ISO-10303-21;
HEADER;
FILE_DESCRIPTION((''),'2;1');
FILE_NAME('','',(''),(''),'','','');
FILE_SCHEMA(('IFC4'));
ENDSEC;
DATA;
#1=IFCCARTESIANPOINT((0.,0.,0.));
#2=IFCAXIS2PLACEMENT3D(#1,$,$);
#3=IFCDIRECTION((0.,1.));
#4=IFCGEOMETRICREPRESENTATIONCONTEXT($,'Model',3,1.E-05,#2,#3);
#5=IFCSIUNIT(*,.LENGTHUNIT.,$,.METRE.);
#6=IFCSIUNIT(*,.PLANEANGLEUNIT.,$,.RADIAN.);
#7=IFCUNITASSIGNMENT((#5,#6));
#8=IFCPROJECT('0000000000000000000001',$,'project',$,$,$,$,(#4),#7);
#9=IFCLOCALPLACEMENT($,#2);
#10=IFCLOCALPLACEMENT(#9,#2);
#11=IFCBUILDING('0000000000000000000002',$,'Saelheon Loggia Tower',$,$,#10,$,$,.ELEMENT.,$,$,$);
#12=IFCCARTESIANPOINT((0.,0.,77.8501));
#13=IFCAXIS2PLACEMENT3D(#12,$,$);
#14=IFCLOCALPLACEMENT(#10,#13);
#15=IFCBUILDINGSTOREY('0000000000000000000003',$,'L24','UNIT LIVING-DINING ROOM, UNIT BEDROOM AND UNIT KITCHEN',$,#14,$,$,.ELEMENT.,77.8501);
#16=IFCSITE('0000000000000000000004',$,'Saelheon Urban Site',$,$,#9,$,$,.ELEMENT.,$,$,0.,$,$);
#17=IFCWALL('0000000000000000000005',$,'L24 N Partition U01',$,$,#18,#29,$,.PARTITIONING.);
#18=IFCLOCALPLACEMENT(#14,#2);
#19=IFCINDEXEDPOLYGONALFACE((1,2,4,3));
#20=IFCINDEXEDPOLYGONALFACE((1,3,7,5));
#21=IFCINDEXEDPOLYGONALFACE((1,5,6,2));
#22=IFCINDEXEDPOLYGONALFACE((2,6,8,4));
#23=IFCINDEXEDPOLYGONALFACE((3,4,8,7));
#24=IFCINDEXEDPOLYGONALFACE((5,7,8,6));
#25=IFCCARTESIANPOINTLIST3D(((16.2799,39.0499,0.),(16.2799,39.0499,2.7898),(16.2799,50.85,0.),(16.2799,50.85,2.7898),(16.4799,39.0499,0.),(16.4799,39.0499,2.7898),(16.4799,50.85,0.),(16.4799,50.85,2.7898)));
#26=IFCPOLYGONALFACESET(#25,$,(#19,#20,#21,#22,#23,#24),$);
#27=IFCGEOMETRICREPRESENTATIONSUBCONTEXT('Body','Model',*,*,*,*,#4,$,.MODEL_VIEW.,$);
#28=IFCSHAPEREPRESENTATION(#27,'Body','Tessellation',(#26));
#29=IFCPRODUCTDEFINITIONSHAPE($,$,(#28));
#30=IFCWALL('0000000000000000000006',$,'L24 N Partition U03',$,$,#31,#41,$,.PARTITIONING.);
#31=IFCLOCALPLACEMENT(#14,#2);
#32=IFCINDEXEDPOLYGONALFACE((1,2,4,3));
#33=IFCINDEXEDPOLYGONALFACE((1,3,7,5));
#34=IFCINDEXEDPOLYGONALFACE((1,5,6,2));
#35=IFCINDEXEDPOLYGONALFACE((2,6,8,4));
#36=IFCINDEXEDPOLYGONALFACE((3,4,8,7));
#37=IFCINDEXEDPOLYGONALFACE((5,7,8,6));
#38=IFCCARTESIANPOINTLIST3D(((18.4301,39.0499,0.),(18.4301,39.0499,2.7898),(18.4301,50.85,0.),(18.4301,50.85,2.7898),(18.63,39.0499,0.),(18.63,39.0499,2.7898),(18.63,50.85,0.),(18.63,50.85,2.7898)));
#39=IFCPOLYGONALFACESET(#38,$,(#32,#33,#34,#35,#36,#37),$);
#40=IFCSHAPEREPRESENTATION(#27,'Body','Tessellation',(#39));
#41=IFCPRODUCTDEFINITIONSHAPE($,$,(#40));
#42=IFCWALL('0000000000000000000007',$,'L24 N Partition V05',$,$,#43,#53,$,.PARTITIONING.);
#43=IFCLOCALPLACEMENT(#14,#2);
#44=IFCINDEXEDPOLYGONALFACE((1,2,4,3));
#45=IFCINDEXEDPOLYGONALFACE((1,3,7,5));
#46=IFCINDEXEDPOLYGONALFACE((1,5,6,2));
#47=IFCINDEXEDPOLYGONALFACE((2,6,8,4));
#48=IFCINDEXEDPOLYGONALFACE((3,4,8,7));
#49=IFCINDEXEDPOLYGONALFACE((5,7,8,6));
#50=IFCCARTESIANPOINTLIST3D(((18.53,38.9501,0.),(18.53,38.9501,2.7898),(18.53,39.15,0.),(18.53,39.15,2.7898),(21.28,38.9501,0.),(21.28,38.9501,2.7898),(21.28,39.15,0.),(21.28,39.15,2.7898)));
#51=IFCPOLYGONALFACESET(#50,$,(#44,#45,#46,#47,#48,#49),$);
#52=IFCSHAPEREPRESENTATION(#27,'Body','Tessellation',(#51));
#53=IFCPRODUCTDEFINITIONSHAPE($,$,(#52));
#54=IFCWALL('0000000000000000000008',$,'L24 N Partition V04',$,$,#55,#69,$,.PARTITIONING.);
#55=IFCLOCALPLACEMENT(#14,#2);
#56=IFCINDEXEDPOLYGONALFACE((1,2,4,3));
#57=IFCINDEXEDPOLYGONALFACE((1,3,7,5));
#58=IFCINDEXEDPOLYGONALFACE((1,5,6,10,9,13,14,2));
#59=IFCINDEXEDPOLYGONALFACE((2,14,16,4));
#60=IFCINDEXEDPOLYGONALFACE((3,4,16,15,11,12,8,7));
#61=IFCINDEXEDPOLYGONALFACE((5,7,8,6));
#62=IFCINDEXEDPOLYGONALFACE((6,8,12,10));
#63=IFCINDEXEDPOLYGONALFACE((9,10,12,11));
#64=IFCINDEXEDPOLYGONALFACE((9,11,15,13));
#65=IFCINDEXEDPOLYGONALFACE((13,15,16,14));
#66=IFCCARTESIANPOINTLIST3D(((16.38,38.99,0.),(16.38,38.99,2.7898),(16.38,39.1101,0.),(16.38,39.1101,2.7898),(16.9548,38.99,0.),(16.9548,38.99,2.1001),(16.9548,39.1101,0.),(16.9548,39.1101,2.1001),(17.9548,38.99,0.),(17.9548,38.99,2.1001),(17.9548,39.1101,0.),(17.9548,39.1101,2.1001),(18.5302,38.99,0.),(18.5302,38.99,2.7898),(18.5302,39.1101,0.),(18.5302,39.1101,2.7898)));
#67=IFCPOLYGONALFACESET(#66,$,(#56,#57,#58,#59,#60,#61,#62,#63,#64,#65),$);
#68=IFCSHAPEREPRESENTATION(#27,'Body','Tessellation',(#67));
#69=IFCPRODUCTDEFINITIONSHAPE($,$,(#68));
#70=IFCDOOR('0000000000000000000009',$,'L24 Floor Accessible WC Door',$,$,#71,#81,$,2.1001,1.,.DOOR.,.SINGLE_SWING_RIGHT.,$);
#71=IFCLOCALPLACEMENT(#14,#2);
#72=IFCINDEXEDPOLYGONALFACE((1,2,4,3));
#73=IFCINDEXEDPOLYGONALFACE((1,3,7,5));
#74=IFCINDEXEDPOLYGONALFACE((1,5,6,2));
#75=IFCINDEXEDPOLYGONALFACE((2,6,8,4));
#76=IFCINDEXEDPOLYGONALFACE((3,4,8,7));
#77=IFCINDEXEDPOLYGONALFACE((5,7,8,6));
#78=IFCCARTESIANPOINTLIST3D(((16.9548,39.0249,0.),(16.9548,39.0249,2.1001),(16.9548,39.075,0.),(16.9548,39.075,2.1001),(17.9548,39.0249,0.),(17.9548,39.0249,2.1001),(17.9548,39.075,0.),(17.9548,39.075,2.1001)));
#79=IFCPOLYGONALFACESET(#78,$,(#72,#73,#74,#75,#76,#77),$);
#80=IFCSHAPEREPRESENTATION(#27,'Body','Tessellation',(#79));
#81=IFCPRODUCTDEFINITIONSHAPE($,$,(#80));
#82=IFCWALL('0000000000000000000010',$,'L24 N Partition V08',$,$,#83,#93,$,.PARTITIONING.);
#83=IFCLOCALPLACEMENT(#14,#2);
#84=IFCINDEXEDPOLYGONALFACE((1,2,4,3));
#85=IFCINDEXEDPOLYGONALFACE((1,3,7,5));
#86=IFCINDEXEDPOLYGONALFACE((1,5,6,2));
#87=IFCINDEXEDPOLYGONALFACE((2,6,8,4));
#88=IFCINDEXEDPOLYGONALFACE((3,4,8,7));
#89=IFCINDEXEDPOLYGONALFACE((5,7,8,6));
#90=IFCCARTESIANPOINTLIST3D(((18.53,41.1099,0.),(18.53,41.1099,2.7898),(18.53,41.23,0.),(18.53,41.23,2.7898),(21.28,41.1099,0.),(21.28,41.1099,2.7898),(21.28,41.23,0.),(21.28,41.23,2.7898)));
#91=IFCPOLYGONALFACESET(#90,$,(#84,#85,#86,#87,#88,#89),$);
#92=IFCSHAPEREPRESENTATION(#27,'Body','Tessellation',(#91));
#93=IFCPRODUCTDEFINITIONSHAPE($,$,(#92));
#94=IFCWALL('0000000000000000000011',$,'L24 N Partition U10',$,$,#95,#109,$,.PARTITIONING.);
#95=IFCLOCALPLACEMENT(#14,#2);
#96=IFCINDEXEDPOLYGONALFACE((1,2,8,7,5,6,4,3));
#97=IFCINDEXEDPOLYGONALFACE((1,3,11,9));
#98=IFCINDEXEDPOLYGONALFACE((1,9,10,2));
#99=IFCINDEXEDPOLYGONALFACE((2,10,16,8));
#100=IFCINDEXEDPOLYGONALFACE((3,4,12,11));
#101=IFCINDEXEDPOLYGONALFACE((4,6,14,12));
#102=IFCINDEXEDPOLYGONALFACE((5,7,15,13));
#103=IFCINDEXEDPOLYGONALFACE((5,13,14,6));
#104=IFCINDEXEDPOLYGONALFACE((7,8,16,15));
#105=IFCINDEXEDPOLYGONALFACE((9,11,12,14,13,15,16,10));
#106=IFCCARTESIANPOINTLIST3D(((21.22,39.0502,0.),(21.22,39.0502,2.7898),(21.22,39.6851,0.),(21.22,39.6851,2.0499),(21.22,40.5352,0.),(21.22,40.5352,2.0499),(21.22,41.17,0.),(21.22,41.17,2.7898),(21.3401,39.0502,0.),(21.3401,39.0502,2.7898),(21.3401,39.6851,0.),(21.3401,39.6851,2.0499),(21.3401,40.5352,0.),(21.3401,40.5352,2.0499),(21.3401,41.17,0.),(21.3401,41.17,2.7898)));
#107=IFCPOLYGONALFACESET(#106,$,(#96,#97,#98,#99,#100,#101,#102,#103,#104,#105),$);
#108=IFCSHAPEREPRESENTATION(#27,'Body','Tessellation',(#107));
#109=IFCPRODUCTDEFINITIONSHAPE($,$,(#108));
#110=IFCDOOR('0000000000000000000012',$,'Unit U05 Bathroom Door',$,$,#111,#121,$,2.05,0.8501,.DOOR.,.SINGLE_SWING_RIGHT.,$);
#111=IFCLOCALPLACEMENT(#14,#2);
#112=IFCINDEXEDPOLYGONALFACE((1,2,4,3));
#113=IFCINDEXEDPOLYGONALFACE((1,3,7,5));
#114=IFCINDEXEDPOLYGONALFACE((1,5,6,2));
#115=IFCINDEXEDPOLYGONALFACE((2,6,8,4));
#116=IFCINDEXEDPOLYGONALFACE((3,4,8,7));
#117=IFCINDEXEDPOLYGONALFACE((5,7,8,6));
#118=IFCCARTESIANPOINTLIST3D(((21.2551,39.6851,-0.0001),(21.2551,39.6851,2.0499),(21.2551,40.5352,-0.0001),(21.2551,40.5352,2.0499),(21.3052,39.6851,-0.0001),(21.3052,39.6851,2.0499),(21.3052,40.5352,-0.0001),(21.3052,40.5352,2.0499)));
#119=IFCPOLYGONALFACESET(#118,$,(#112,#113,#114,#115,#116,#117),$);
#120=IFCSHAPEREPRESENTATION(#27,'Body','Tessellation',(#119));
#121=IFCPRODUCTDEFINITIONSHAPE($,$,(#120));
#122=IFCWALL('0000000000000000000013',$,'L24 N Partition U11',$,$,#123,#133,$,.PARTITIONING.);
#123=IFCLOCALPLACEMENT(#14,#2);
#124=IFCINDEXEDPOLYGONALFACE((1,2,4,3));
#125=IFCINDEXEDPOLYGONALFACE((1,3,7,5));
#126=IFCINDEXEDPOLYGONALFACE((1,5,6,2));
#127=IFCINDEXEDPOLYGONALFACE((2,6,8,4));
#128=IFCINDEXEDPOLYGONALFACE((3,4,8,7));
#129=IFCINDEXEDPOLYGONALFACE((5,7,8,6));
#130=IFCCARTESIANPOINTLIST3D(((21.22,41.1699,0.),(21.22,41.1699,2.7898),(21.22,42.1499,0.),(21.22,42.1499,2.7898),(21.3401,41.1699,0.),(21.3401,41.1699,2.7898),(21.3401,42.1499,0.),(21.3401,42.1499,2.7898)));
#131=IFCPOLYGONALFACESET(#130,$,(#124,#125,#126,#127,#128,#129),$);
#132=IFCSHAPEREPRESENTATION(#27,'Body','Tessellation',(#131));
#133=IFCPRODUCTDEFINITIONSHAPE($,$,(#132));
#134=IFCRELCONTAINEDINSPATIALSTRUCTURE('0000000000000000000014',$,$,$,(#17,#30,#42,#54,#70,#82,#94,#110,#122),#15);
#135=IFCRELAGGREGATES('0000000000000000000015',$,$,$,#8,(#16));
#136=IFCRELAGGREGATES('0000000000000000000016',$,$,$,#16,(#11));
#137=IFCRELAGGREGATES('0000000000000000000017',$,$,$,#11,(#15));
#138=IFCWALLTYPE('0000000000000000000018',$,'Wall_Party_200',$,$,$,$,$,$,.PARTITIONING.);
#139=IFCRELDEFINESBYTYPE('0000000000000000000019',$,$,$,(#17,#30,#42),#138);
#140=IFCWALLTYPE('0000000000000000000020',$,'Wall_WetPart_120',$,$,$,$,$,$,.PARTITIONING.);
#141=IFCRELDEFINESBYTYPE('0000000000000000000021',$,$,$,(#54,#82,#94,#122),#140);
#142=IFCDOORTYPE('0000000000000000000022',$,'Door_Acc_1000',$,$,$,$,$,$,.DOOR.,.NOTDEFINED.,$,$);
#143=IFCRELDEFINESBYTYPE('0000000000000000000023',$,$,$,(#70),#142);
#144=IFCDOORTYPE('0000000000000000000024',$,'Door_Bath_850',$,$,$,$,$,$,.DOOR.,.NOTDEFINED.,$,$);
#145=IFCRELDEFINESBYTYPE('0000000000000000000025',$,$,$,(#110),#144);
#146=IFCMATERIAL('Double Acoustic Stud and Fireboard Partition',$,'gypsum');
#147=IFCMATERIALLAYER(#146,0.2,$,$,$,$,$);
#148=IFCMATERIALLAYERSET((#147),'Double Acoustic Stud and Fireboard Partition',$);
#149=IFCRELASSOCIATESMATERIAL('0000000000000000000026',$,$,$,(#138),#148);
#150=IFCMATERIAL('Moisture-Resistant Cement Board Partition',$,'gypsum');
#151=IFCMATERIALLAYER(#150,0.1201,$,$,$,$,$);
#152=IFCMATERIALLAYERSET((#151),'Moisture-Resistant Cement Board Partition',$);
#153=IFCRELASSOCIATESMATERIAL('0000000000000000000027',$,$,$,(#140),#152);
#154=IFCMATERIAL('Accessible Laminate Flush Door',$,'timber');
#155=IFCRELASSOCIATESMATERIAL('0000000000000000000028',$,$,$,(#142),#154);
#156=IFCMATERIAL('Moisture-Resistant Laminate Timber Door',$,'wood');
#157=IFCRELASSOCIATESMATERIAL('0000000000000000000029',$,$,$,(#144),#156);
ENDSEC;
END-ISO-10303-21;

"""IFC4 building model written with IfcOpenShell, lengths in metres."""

from ifc_helpers import new_model, si_unit, direction, frame, frame_2d, origin, place, context, subcontext, project, spatial, rectangle, extrude, source, transform, mapped, material, layer, layer_set, type_object, element, fill, save


model = new_model("IFC4")

# Units and contexts
model_context = context("Model", 3, precision=1e-05, world=origin(), true_north=direction((0.0, 1.0)))
body_context = subcontext(model_context, "Body", "Model", "MODEL_VIEW")
ifc_project = project(units=[si_unit("LENGTHUNIT", "METRE"), si_unit("PLANEANGLEUNIT", "RADIAN")], contexts=[model_context])

# Site, building, storey
site_placement = place(None, origin())
site = spatial("IfcSite", under=ifc_project, at=site_placement, Name="Saelheon Urban Site", CompositionType="ELEMENT", RefElevation=0.0)
building_placement = place(site_placement, origin())
building = spatial("IfcBuilding", under=site, at=building_placement, Name="Saelheon Loggia Tower", CompositionType="ELEMENT")
storey_placement = place(building_placement, frame((0.0, 0.0, 77.8501)))
storey = spatial("IfcBuildingStorey", under=building, at=storey_placement, Name="L24", Description="UNIT LIVING-DINING ROOM, UNIT BEDROOM AND UNIT KITCHEN", CompositionType="ELEMENT", Elevation=77.8501)

# Walls
ifc_material_1 = material(Name="Double Acoustic Stud and Fireboard Partition", Category="gypsum")
ifc_layer_1 = layer(ifc_material_1, 0.2)
ifc_layer_set_1 = layer_set([ifc_layer_1], Name="Double Acoustic Stud and Fireboard Partition")
wall_type_1 = type_object("IfcWallType", Name="Wall_Party_200", PredefinedType="PARTITIONING", material=ifc_layer_set_1)
for number, where, z_axis, x_axis, name in (
    (1, (16.3799, 39.05, 0.0), (0.0, 0.0, 1.0), (0.0, 1.0, 0.0), "L24 N Partition U01"),
    (2, (18.53, 39.05, 0.0), (0.0, 0.0, 1.0), (0.0, 1.0, 0.0), "L24 N Partition U03"),
):
    element("IfcWall", number, at=place(storey_placement, frame(where, z_axis=z_axis, x_axis=x_axis)), inside=storey, type_object=wall_type_1, Name=name, PredefinedType="PARTITIONING", context=body_context, shape_type="SweptSolid", body=[
        extrude(rectangle(XDim=11.8, YDim=0.2, at=frame_2d((5.8999, 0.0))), origin(), (0.0, 0.0, 1.0), 2.7898),
    ])
wall_1_placement = place(storey_placement, frame((18.53, 39.05, 0.0), z_axis=(0.0, 0.0, 1.0), x_axis=(1.0, 0.0, 0.0)))
element("IfcWall", 3, at=wall_1_placement, inside=storey, type_object=wall_type_1, Name="L24 N Partition V05", PredefinedType="PARTITIONING", context=body_context, shape_type="SweptSolid", body=[
    extrude(rectangle(XDim=2.75, YDim=0.2, at=frame_2d((1.375, 0.0))), origin(), (0.0, 0.0, 1.0), 2.7898),
])

# Wall, opening, door
ifc_material_2 = material(Name="Moisture-Resistant Cement Board Partition", Category="gypsum")
ifc_layer_2 = layer(ifc_material_2, 0.1201)
ifc_layer_set_2 = layer_set([ifc_layer_2], Name="Moisture-Resistant Cement Board Partition")
wall_type_2 = type_object("IfcWallType", Name="Wall_WetPart_120", PredefinedType="PARTITIONING", material=ifc_layer_set_2)
wall_2_placement = place(storey_placement, frame((16.3799, 39.05, 0.0), z_axis=(0.0, 0.0, 1.0), x_axis=(1.0, 0.0, 0.0)))
wall_2 = element("IfcWall", 4, at=wall_2_placement, inside=storey, type_object=wall_type_2, Name="L24 N Partition V04", PredefinedType="PARTITIONING", context=body_context, shape_type="SweptSolid", body=[
    extrude(rectangle(XDim=2.1501, YDim=0.1201, at=frame_2d((1.0752, 0.0))), origin(), (0.0, 0.0, 1.0), 2.7898),
])
opening_1_placement = place(wall_2_placement, frame((0.575, 0.0, 0.0)))
opening_1 = element("IfcOpeningElement", 5, at=opening_1_placement, cuts=wall_2, PredefinedType="OPENING", context=body_context, shape_type="SweptSolid", body=[
    extrude(rectangle(XDim=1.0, YDim=2.1001, at=frame_2d((0.5, 1.05))), frame((0.0, 0.072, 0.0), z_axis=(0.0, -1.0, 0.0), x_axis=(1.0, 0.0, 0.0)), (0.0, 0.0, 1.0), 0.144),
])
ifc_material_3 = material(Name="Accessible Laminate Flush Door", Category="timber")
door_type_1 = type_object("IfcDoorType", Name="Door_Acc_1000", OperationType="NOTDEFINED", PredefinedType="DOOR", material=ifc_material_3)
shared_shape_1 = source(origin(), body_context, "Body", "SweptSolid", [
    extrude(rectangle(XDim=1.0, YDim=2.1001, at=frame_2d((0.5, 1.05))), frame((0.0, 0.0249, 0.0), z_axis=(0.0, -1.0, 0.0), x_axis=(1.0, 0.0, 0.0)), (0.0, 0.0, 1.0), 0.05),
])
door_1_placement = place(opening_1_placement, origin())
door_1 = element("IfcDoor", 6, at=door_1_placement, inside=storey, type_object=door_type_1, Name="L24 Floor Accessible WC Door", OperationType="SINGLE_SWING_RIGHT", OverallHeight=2.1001, OverallWidth=1.0, PredefinedType="DOOR", context=body_context, shape_type="MappedRepresentation", body=[
    mapped(shared_shape_1, transform((0.0, 0.0, 0.0), scale=1.0)),
])
fill(opening_1, door_1)

# Wall
wall_3_placement = place(storey_placement, frame((18.53, 41.1699, 0.0), z_axis=(0.0, 0.0, 1.0), x_axis=(1.0, 0.0, 0.0)))
element("IfcWall", 7, at=wall_3_placement, inside=storey, type_object=wall_type_2, Name="L24 N Partition V08", PredefinedType="PARTITIONING", context=body_context, shape_type="SweptSolid", body=[
    extrude(rectangle(XDim=2.75, YDim=0.1201, at=frame_2d((1.375, 0.0))), origin(), (0.0, 0.0, 1.0), 2.7898),
])

# Wall, opening, door
wall_4_placement = place(storey_placement, frame((21.28, 39.05, 0.0), z_axis=(0.0, 0.0, 1.0), x_axis=(0.0, 1.0, 0.0)))
wall_4 = element("IfcWall", 8, at=wall_4_placement, inside=storey, type_object=wall_type_2, Name="L24 N Partition U10", PredefinedType="PARTITIONING", context=body_context, shape_type="SweptSolid", body=[
    extrude(rectangle(XDim=2.1199, YDim=0.1201, at=frame_2d((1.0601, 0.0))), origin(), (0.0, 0.0, 1.0), 2.7898),
])
opening_2_placement = place(wall_4_placement, frame((0.635, 0.0, 0.0)))
opening_2 = element("IfcOpeningElement", 9, at=opening_2_placement, cuts=wall_4, PredefinedType="OPENING", context=body_context, shape_type="SweptSolid", body=[
    extrude(rectangle(XDim=0.8501, YDim=2.05, at=frame_2d((0.425, 1.0249))), frame((0.0, 0.072, 0.0), z_axis=(0.0, -1.0, 0.0), x_axis=(1.0, 0.0, 0.0)), (0.0, 0.0, 1.0), 0.144),
])
ifc_material_4 = material(Name="Moisture-Resistant Laminate Timber Door", Category="wood")
door_type_2 = type_object("IfcDoorType", Name="Door_Bath_850", OperationType="NOTDEFINED", PredefinedType="DOOR", material=ifc_material_4)
shared_shape_2 = source(origin(), body_context, "Body", "SweptSolid", [
    extrude(rectangle(XDim=0.8501, YDim=2.05, at=frame_2d((0.425, 1.0249))), frame((0.0, 0.0249, 0.0), z_axis=(0.0, -1.0, 0.0), x_axis=(1.0, 0.0, 0.0)), (0.0, 0.0, 1.0), 0.05),
])
door_2_placement = place(opening_2_placement, origin())
door_2 = element("IfcDoor", 10, at=door_2_placement, inside=storey, type_object=door_type_2, Name="Unit U05 Bathroom Door", OperationType="SINGLE_SWING_RIGHT", OverallHeight=2.05, OverallWidth=0.8501, PredefinedType="DOOR", context=body_context, shape_type="MappedRepresentation", body=[
    mapped(shared_shape_2, transform((0.0, 0.0, 0.0), scale=1.0)),
])
fill(opening_2, door_2)

# Wall
wall_5_placement = place(storey_placement, frame((21.28, 41.1699, 0.0), z_axis=(0.0, 0.0, 1.0), x_axis=(0.0, 1.0, 0.0)))
element("IfcWall", 11, at=wall_5_placement, inside=storey, type_object=wall_type_2, Name="L24 N Partition U11", PredefinedType="PARTITIONING", context=body_context, shape_type="SweptSolid", body=[
    extrude(rectangle(XDim=0.98, YDim=0.1201, at=frame_2d((0.49, 0.0))), origin(), (0.0, 0.0, 1.0), 2.7898),
])

save(model, "model.ifc")
